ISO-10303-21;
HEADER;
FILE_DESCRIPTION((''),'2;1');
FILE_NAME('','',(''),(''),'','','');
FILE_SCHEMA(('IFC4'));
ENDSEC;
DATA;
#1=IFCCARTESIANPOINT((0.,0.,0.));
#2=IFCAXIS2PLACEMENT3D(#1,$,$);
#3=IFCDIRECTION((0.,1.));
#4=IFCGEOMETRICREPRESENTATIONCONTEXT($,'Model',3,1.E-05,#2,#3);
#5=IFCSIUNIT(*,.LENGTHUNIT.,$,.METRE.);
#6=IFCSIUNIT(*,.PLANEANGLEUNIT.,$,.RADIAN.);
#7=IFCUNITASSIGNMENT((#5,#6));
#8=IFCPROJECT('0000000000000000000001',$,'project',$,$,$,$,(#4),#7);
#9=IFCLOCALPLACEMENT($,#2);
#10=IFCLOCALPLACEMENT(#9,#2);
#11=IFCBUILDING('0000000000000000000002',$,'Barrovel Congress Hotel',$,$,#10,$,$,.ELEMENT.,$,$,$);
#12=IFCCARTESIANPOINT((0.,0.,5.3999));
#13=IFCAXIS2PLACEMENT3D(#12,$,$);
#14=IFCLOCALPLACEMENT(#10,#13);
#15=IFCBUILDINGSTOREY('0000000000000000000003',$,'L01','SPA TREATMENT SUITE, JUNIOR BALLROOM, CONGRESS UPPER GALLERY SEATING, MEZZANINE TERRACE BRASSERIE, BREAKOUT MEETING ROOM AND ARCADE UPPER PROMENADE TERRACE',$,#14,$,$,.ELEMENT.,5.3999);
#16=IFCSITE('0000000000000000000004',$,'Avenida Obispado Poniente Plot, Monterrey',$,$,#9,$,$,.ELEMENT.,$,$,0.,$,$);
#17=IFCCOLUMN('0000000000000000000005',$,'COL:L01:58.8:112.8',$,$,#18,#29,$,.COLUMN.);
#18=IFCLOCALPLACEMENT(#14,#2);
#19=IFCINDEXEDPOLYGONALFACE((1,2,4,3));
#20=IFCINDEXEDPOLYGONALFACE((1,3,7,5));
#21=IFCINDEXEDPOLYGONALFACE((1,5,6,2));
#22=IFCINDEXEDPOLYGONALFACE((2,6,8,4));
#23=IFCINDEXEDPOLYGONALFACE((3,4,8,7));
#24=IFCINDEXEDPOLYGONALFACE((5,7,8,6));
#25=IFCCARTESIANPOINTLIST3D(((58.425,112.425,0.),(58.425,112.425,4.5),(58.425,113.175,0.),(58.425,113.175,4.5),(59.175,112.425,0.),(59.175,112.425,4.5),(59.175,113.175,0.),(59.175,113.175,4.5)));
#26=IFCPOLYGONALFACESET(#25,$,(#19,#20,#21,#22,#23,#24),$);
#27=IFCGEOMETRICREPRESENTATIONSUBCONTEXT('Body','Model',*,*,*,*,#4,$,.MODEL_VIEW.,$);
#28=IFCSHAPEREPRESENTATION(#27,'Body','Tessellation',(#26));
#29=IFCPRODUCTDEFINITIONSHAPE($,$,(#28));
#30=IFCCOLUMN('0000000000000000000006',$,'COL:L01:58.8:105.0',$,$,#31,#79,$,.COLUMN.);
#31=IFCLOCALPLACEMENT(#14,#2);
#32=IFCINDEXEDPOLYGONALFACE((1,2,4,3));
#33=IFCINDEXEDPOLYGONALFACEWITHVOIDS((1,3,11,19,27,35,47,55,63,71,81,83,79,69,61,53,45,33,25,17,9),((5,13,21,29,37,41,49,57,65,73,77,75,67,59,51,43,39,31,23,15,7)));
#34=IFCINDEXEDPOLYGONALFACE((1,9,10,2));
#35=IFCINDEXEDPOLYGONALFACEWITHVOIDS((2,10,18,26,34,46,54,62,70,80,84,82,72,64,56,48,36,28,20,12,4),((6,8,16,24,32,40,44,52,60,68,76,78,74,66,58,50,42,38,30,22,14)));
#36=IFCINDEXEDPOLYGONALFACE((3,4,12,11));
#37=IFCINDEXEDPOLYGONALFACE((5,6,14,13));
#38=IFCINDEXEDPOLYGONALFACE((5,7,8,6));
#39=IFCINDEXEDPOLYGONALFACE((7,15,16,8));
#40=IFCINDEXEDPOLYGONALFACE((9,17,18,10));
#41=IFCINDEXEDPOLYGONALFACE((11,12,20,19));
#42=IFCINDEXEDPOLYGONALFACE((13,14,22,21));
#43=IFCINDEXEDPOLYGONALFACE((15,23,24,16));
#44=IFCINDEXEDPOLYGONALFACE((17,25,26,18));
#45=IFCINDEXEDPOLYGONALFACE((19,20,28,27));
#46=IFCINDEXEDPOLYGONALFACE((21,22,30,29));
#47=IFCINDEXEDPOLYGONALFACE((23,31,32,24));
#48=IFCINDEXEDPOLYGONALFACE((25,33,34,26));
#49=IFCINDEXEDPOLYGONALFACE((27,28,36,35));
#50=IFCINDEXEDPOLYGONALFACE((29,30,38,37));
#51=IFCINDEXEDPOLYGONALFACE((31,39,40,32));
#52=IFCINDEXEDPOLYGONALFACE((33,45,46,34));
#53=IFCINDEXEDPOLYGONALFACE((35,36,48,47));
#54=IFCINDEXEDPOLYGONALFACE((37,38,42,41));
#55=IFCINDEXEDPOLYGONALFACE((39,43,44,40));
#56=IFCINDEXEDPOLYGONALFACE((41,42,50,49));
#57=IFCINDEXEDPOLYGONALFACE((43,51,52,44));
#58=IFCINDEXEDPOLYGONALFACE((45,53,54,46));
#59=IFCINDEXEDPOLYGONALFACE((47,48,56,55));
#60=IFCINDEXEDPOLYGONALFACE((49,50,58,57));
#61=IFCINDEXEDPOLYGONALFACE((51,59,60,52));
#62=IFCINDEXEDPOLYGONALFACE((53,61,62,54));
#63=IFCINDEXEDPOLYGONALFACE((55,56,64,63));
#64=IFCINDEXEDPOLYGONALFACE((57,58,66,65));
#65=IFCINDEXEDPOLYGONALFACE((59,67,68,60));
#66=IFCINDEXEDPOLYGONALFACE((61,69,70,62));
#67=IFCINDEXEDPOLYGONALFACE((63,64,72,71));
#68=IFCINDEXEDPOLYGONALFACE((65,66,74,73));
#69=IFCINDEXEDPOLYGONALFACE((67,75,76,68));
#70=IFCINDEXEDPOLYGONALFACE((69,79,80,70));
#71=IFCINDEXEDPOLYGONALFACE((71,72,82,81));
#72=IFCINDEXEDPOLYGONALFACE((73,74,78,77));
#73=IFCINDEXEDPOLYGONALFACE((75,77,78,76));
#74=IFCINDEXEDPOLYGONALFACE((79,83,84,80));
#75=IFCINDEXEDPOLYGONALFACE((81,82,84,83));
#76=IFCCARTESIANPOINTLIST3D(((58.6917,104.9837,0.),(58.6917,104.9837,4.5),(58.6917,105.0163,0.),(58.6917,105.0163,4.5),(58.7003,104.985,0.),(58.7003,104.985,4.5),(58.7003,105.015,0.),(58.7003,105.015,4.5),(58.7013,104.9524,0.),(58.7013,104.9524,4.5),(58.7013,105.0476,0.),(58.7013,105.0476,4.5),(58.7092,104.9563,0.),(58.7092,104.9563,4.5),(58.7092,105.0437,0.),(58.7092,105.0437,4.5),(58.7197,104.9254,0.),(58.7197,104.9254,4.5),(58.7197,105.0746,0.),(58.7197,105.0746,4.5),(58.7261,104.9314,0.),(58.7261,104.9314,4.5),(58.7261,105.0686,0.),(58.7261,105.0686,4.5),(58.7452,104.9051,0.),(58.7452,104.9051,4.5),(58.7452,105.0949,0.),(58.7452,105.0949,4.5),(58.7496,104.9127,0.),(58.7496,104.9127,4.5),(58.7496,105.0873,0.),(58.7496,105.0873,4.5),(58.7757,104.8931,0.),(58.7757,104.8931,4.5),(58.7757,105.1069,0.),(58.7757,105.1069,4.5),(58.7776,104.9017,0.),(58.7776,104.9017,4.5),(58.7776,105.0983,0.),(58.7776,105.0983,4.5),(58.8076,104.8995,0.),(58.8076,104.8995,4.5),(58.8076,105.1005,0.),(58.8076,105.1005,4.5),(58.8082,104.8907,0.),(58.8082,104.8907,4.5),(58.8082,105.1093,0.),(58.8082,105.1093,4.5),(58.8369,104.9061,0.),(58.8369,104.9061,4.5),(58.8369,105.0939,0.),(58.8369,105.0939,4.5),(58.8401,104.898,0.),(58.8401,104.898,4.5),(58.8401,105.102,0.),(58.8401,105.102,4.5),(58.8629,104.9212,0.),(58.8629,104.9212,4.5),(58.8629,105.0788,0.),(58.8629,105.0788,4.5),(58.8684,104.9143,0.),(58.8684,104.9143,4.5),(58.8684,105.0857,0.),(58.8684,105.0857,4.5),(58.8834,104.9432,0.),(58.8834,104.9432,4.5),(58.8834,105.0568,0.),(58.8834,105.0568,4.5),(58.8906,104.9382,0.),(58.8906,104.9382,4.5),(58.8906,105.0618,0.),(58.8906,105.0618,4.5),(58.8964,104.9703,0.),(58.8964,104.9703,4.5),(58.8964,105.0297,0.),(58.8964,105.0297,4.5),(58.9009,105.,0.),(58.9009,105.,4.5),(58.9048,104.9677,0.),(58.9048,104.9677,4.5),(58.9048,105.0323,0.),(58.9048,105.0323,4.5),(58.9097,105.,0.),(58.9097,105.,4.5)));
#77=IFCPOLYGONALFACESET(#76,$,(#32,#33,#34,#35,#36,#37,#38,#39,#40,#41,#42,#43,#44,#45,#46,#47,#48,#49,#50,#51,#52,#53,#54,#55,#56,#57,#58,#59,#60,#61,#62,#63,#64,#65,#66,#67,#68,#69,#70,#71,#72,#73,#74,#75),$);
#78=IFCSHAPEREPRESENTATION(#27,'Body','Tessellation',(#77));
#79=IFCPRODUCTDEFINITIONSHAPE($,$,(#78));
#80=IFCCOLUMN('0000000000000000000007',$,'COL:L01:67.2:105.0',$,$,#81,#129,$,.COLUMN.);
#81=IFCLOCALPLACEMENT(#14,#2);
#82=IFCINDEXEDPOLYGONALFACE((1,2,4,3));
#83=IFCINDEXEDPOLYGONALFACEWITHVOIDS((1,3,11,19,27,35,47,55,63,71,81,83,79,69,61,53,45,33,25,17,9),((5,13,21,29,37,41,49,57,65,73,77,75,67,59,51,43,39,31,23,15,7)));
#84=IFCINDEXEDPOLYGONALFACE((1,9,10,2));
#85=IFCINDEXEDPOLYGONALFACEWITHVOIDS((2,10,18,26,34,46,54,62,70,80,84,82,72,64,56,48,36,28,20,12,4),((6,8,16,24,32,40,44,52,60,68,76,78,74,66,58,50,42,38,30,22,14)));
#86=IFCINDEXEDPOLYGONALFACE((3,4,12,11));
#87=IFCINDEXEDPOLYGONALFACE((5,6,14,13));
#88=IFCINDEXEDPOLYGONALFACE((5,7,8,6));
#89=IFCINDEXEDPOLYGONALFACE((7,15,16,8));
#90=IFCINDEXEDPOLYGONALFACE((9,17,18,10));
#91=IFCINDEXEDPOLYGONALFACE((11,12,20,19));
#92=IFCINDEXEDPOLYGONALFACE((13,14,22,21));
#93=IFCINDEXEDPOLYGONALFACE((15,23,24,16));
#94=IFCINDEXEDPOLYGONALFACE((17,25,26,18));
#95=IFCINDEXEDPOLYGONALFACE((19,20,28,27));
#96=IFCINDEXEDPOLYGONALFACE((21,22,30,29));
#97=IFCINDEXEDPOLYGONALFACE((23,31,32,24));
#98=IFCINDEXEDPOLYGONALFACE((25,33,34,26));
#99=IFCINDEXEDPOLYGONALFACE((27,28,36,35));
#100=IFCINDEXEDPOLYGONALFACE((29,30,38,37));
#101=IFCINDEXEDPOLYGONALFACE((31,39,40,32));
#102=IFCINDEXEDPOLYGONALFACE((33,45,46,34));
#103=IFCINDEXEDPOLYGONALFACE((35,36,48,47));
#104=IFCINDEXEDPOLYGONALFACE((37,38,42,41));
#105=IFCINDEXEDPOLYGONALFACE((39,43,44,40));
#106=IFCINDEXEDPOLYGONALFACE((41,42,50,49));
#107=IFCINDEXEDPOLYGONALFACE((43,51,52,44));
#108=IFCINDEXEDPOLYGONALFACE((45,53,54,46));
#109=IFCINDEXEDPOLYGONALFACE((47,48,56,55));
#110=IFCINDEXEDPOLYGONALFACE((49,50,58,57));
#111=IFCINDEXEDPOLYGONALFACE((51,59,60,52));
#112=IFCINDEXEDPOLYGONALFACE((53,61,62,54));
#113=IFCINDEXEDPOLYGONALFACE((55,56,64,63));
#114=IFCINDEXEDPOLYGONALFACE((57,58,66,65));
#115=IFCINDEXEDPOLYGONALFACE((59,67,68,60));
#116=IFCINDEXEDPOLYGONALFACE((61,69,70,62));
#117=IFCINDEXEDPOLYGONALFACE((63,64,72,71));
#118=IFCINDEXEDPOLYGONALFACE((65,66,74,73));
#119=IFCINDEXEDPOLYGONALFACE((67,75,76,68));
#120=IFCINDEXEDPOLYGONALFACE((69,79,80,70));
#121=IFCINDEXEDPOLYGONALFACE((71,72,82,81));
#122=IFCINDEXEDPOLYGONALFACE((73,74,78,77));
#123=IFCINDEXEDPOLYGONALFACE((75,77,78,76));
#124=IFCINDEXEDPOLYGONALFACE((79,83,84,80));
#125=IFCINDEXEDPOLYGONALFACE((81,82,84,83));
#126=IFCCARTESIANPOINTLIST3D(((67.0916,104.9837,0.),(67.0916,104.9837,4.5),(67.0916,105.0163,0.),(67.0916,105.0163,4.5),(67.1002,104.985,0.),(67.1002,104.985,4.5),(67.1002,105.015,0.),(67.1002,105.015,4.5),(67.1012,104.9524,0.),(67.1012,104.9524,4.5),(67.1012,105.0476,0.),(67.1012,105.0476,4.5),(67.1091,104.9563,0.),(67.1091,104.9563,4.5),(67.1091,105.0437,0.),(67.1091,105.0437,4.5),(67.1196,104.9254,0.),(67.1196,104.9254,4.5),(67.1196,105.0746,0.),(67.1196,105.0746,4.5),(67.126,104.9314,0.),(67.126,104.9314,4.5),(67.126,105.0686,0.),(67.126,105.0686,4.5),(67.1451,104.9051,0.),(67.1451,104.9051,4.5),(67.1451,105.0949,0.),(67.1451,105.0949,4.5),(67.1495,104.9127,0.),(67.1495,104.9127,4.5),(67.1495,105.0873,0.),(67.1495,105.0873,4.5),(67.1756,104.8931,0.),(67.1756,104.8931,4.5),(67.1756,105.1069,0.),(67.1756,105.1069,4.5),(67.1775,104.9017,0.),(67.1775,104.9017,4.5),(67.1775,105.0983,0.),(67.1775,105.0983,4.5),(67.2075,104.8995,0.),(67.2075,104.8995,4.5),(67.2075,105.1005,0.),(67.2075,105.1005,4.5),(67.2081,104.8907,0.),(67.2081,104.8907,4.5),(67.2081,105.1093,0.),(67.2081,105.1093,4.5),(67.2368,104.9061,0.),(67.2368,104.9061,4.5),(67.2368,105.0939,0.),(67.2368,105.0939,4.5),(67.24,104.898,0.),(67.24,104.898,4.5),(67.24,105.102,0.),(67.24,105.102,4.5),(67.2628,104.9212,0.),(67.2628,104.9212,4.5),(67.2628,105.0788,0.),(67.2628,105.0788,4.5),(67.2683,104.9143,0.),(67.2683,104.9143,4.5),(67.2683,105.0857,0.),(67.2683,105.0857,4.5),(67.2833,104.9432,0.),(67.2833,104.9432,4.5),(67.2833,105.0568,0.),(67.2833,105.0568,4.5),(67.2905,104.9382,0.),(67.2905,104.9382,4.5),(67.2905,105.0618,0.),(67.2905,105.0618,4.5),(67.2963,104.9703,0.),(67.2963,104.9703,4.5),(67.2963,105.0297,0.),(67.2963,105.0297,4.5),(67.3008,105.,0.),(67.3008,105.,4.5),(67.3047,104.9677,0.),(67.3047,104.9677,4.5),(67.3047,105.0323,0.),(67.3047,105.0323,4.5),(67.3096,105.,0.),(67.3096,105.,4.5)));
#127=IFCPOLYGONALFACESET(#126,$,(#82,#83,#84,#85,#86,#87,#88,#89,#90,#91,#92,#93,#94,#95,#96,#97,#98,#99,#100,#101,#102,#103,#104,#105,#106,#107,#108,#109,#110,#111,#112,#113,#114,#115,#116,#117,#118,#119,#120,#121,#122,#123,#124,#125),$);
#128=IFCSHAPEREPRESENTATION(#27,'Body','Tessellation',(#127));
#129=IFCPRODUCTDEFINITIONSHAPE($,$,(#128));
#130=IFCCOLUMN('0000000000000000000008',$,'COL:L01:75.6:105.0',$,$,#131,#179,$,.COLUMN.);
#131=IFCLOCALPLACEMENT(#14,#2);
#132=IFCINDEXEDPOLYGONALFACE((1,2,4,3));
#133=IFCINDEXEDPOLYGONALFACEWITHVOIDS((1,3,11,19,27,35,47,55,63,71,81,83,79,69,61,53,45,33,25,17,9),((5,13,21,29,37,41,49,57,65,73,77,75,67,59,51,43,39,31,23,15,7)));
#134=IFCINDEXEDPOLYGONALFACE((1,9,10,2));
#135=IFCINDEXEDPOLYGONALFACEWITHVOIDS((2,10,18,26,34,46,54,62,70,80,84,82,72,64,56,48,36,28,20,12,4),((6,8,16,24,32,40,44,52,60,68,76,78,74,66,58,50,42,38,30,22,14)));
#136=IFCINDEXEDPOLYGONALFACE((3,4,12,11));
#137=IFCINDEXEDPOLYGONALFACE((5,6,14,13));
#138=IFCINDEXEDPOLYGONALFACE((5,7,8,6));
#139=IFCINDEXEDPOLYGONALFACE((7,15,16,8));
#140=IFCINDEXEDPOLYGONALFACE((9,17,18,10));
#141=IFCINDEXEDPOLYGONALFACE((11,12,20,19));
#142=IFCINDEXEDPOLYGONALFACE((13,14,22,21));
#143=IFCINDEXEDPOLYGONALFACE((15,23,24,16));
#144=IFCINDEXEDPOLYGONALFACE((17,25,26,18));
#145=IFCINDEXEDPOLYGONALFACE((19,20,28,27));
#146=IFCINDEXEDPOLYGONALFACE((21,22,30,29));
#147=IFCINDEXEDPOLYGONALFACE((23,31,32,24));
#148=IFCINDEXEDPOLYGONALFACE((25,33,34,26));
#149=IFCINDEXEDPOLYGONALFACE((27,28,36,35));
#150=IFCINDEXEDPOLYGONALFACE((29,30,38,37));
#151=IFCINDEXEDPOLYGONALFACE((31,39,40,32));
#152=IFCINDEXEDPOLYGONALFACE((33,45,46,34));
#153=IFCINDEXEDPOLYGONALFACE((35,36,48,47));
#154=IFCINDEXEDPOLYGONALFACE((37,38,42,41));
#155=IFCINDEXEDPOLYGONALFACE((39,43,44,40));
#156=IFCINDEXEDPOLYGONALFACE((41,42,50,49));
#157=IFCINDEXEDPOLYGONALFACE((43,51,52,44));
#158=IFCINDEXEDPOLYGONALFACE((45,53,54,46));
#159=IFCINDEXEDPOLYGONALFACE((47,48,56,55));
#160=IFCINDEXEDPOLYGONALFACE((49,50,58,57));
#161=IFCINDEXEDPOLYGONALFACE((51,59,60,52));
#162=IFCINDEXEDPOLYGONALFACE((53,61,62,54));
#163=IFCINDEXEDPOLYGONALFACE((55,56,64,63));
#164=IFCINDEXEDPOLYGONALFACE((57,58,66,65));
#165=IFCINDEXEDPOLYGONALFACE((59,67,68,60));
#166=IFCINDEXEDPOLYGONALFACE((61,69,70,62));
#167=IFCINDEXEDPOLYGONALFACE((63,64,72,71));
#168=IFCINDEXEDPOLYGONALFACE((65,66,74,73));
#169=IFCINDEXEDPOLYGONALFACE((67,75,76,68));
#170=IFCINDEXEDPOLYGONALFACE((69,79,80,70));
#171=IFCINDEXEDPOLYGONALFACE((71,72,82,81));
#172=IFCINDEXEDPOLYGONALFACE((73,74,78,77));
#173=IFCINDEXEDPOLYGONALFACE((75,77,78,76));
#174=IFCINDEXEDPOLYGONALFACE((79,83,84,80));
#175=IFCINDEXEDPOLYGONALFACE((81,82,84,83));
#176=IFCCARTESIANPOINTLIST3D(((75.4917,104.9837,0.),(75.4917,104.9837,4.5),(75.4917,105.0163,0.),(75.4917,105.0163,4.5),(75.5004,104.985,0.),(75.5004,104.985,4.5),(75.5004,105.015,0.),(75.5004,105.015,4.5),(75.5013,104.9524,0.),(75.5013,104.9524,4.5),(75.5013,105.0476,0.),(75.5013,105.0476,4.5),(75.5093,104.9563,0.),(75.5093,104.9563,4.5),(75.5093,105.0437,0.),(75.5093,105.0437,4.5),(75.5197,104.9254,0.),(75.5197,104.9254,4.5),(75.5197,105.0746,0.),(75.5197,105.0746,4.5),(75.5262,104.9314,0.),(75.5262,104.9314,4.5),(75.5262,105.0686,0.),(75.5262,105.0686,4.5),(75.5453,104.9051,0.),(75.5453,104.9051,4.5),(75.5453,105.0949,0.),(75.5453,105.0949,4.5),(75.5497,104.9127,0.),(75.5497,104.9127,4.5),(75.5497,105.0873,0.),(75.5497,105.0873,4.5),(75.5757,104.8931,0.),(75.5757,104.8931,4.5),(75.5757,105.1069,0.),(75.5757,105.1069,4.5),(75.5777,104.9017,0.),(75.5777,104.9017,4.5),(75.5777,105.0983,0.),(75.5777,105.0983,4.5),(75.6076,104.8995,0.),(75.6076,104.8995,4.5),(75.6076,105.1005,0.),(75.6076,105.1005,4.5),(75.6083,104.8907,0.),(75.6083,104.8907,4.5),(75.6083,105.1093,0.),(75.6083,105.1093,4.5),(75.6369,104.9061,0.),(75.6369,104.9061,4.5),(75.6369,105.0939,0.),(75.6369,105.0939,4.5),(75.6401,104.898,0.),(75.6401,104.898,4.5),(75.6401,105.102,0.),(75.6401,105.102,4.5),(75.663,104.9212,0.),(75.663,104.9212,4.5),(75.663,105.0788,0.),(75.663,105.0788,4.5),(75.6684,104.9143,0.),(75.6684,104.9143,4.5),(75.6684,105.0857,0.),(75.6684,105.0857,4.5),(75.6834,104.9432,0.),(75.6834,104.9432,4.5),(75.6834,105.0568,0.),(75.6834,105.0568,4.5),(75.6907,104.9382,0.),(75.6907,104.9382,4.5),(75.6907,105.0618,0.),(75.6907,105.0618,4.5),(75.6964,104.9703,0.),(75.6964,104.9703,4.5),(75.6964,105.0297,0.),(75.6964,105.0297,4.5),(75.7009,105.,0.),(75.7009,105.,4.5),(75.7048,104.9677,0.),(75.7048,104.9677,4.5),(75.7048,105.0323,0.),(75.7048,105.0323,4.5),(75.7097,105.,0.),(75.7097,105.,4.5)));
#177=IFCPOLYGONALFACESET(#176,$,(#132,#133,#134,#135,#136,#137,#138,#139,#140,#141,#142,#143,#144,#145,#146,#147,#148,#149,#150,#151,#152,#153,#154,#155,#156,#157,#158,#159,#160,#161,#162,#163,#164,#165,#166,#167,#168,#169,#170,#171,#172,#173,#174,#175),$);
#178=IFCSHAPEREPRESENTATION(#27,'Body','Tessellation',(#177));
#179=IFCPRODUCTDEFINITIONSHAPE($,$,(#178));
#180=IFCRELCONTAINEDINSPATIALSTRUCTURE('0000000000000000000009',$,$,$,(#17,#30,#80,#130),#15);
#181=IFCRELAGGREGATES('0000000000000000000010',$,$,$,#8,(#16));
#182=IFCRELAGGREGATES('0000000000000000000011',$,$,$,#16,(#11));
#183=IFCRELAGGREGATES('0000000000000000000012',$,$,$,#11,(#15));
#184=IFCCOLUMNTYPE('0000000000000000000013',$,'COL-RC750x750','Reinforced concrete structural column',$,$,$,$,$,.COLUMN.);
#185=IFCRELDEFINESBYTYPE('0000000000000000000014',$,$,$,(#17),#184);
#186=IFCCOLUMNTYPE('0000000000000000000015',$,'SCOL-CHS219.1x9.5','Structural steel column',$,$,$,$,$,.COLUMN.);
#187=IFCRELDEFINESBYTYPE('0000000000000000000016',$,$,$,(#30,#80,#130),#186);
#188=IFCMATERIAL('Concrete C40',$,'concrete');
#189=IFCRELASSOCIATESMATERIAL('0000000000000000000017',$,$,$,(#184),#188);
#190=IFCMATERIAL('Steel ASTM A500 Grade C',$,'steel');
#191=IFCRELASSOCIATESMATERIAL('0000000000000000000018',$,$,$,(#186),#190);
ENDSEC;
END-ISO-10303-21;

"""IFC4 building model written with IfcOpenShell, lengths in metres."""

from ifc_helpers import new_model, si_unit, direction, frame, origin, origin_2d, place, context, subcontext, project, spatial, rectangle, hollow_circle, extrude, material, material_profile, profile_set, type_object, element, save


model = new_model("IFC4")

# Units and contexts
model_context = context("Model", 3, precision=1e-05, world=origin(), true_north=direction((0.0, 1.0)))
body_context = subcontext(model_context, "Body", "Model", "MODEL_VIEW")
ifc_project = project(units=[si_unit("LENGTHUNIT", "METRE"), si_unit("PLANEANGLEUNIT", "RADIAN")], contexts=[model_context])

# Site, building, storey
site_placement = place(None, origin())
site = spatial("IfcSite", under=ifc_project, at=site_placement, Name="Avenida Obispado Poniente Plot, Monterrey", CompositionType="ELEMENT", RefElevation=0.0)
building_placement = place(site_placement, origin())
building = spatial("IfcBuilding", under=site, at=building_placement, Name="Barrovel Congress Hotel", CompositionType="ELEMENT")
storey_placement = place(building_placement, frame((0.0, 0.0, 5.3999)))
storey = spatial("IfcBuildingStorey", under=building, at=storey_placement, Name="L01", Description="SPA TREATMENT SUITE, JUNIOR BALLROOM, CONGRESS UPPER GALLERY SEATING, MEZZANINE TERRACE BRASSERIE, BREAKOUT MEETING ROOM AND ARCADE UPPER PROMENADE TERRACE", CompositionType="ELEMENT", Elevation=5.3999)

# Columns
ifc_material_1 = material(Name="Concrete C40", Category="concrete")
ifc_material_profile_1 = material_profile(ifc_material_1, rectangle(XDim=0.75, YDim=0.75, at=origin_2d()), Name="RC750x750")
ifc_profile_set_1 = profile_set([ifc_material_profile_1], Name="Concrete C40")
column_type_1 = type_object("IfcColumnType", Name="COL-RC750x750", Description="Reinforced concrete structural column", PredefinedType="COLUMN", material=ifc_profile_set_1)
column_placement = place(storey_placement, frame((58.8, 112.8, 0.0), z_axis=(0.0, 0.0, 1.0), x_axis=(1.0, 0.0, 0.0)))
element("IfcColumn", 1, at=column_placement, inside=storey, type_object=column_type_1, Name="COL:L01:58.8:112.8", PredefinedType="COLUMN", context=body_context, shape_type="SweptSolid", body=[
    extrude(rectangle(XDim=0.75, YDim=0.75, at=origin_2d()), origin(), (0.0, 0.0, 1.0), 4.5),
])
ifc_material_2 = material(Name="Steel ASTM A500 Grade C", Category="steel")
ifc_material_profile_2 = material_profile(ifc_material_2, hollow_circle(Radius=0.1096, WallThickness=0.0088, at=origin_2d()), Name="CHS219.1x9.5")
ifc_profile_set_2 = profile_set([ifc_material_profile_2], Name="Steel ASTM A500 Grade C")
column_type_2 = type_object("IfcColumnType", Name="SCOL-CHS219.1x9.5", Description="Structural steel column", PredefinedType="COLUMN", material=ifc_profile_set_2)
for number, where, z_axis, x_axis, name in (
    (2, (58.8, 105.0, 0.0), (0.0, 0.0, 1.0), (1.0, 0.0, 0.0), "COL:L01:58.8:105.0"),
    (3, (67.2, 105.0, 0.0), (0.0, 0.0, 1.0), (1.0, 0.0, 0.0), "COL:L01:67.2:105.0"),
    (4, (75.6001, 105.0, 0.0), (0.0, 0.0, 1.0), (1.0, 0.0, 0.0), "COL:L01:75.6:105.0"),
):
    element("IfcColumn", number, at=place(storey_placement, frame(where, z_axis=z_axis, x_axis=x_axis)), inside=storey, type_object=column_type_2, Name=name, PredefinedType="COLUMN", context=body_context, shape_type="SweptSolid", body=[
        extrude(hollow_circle(Radius=0.1096, WallThickness=0.0088, at=origin_2d()), origin(), (0.0, 0.0, 1.0), 4.5),
    ])

save(model, "model.ifc")
